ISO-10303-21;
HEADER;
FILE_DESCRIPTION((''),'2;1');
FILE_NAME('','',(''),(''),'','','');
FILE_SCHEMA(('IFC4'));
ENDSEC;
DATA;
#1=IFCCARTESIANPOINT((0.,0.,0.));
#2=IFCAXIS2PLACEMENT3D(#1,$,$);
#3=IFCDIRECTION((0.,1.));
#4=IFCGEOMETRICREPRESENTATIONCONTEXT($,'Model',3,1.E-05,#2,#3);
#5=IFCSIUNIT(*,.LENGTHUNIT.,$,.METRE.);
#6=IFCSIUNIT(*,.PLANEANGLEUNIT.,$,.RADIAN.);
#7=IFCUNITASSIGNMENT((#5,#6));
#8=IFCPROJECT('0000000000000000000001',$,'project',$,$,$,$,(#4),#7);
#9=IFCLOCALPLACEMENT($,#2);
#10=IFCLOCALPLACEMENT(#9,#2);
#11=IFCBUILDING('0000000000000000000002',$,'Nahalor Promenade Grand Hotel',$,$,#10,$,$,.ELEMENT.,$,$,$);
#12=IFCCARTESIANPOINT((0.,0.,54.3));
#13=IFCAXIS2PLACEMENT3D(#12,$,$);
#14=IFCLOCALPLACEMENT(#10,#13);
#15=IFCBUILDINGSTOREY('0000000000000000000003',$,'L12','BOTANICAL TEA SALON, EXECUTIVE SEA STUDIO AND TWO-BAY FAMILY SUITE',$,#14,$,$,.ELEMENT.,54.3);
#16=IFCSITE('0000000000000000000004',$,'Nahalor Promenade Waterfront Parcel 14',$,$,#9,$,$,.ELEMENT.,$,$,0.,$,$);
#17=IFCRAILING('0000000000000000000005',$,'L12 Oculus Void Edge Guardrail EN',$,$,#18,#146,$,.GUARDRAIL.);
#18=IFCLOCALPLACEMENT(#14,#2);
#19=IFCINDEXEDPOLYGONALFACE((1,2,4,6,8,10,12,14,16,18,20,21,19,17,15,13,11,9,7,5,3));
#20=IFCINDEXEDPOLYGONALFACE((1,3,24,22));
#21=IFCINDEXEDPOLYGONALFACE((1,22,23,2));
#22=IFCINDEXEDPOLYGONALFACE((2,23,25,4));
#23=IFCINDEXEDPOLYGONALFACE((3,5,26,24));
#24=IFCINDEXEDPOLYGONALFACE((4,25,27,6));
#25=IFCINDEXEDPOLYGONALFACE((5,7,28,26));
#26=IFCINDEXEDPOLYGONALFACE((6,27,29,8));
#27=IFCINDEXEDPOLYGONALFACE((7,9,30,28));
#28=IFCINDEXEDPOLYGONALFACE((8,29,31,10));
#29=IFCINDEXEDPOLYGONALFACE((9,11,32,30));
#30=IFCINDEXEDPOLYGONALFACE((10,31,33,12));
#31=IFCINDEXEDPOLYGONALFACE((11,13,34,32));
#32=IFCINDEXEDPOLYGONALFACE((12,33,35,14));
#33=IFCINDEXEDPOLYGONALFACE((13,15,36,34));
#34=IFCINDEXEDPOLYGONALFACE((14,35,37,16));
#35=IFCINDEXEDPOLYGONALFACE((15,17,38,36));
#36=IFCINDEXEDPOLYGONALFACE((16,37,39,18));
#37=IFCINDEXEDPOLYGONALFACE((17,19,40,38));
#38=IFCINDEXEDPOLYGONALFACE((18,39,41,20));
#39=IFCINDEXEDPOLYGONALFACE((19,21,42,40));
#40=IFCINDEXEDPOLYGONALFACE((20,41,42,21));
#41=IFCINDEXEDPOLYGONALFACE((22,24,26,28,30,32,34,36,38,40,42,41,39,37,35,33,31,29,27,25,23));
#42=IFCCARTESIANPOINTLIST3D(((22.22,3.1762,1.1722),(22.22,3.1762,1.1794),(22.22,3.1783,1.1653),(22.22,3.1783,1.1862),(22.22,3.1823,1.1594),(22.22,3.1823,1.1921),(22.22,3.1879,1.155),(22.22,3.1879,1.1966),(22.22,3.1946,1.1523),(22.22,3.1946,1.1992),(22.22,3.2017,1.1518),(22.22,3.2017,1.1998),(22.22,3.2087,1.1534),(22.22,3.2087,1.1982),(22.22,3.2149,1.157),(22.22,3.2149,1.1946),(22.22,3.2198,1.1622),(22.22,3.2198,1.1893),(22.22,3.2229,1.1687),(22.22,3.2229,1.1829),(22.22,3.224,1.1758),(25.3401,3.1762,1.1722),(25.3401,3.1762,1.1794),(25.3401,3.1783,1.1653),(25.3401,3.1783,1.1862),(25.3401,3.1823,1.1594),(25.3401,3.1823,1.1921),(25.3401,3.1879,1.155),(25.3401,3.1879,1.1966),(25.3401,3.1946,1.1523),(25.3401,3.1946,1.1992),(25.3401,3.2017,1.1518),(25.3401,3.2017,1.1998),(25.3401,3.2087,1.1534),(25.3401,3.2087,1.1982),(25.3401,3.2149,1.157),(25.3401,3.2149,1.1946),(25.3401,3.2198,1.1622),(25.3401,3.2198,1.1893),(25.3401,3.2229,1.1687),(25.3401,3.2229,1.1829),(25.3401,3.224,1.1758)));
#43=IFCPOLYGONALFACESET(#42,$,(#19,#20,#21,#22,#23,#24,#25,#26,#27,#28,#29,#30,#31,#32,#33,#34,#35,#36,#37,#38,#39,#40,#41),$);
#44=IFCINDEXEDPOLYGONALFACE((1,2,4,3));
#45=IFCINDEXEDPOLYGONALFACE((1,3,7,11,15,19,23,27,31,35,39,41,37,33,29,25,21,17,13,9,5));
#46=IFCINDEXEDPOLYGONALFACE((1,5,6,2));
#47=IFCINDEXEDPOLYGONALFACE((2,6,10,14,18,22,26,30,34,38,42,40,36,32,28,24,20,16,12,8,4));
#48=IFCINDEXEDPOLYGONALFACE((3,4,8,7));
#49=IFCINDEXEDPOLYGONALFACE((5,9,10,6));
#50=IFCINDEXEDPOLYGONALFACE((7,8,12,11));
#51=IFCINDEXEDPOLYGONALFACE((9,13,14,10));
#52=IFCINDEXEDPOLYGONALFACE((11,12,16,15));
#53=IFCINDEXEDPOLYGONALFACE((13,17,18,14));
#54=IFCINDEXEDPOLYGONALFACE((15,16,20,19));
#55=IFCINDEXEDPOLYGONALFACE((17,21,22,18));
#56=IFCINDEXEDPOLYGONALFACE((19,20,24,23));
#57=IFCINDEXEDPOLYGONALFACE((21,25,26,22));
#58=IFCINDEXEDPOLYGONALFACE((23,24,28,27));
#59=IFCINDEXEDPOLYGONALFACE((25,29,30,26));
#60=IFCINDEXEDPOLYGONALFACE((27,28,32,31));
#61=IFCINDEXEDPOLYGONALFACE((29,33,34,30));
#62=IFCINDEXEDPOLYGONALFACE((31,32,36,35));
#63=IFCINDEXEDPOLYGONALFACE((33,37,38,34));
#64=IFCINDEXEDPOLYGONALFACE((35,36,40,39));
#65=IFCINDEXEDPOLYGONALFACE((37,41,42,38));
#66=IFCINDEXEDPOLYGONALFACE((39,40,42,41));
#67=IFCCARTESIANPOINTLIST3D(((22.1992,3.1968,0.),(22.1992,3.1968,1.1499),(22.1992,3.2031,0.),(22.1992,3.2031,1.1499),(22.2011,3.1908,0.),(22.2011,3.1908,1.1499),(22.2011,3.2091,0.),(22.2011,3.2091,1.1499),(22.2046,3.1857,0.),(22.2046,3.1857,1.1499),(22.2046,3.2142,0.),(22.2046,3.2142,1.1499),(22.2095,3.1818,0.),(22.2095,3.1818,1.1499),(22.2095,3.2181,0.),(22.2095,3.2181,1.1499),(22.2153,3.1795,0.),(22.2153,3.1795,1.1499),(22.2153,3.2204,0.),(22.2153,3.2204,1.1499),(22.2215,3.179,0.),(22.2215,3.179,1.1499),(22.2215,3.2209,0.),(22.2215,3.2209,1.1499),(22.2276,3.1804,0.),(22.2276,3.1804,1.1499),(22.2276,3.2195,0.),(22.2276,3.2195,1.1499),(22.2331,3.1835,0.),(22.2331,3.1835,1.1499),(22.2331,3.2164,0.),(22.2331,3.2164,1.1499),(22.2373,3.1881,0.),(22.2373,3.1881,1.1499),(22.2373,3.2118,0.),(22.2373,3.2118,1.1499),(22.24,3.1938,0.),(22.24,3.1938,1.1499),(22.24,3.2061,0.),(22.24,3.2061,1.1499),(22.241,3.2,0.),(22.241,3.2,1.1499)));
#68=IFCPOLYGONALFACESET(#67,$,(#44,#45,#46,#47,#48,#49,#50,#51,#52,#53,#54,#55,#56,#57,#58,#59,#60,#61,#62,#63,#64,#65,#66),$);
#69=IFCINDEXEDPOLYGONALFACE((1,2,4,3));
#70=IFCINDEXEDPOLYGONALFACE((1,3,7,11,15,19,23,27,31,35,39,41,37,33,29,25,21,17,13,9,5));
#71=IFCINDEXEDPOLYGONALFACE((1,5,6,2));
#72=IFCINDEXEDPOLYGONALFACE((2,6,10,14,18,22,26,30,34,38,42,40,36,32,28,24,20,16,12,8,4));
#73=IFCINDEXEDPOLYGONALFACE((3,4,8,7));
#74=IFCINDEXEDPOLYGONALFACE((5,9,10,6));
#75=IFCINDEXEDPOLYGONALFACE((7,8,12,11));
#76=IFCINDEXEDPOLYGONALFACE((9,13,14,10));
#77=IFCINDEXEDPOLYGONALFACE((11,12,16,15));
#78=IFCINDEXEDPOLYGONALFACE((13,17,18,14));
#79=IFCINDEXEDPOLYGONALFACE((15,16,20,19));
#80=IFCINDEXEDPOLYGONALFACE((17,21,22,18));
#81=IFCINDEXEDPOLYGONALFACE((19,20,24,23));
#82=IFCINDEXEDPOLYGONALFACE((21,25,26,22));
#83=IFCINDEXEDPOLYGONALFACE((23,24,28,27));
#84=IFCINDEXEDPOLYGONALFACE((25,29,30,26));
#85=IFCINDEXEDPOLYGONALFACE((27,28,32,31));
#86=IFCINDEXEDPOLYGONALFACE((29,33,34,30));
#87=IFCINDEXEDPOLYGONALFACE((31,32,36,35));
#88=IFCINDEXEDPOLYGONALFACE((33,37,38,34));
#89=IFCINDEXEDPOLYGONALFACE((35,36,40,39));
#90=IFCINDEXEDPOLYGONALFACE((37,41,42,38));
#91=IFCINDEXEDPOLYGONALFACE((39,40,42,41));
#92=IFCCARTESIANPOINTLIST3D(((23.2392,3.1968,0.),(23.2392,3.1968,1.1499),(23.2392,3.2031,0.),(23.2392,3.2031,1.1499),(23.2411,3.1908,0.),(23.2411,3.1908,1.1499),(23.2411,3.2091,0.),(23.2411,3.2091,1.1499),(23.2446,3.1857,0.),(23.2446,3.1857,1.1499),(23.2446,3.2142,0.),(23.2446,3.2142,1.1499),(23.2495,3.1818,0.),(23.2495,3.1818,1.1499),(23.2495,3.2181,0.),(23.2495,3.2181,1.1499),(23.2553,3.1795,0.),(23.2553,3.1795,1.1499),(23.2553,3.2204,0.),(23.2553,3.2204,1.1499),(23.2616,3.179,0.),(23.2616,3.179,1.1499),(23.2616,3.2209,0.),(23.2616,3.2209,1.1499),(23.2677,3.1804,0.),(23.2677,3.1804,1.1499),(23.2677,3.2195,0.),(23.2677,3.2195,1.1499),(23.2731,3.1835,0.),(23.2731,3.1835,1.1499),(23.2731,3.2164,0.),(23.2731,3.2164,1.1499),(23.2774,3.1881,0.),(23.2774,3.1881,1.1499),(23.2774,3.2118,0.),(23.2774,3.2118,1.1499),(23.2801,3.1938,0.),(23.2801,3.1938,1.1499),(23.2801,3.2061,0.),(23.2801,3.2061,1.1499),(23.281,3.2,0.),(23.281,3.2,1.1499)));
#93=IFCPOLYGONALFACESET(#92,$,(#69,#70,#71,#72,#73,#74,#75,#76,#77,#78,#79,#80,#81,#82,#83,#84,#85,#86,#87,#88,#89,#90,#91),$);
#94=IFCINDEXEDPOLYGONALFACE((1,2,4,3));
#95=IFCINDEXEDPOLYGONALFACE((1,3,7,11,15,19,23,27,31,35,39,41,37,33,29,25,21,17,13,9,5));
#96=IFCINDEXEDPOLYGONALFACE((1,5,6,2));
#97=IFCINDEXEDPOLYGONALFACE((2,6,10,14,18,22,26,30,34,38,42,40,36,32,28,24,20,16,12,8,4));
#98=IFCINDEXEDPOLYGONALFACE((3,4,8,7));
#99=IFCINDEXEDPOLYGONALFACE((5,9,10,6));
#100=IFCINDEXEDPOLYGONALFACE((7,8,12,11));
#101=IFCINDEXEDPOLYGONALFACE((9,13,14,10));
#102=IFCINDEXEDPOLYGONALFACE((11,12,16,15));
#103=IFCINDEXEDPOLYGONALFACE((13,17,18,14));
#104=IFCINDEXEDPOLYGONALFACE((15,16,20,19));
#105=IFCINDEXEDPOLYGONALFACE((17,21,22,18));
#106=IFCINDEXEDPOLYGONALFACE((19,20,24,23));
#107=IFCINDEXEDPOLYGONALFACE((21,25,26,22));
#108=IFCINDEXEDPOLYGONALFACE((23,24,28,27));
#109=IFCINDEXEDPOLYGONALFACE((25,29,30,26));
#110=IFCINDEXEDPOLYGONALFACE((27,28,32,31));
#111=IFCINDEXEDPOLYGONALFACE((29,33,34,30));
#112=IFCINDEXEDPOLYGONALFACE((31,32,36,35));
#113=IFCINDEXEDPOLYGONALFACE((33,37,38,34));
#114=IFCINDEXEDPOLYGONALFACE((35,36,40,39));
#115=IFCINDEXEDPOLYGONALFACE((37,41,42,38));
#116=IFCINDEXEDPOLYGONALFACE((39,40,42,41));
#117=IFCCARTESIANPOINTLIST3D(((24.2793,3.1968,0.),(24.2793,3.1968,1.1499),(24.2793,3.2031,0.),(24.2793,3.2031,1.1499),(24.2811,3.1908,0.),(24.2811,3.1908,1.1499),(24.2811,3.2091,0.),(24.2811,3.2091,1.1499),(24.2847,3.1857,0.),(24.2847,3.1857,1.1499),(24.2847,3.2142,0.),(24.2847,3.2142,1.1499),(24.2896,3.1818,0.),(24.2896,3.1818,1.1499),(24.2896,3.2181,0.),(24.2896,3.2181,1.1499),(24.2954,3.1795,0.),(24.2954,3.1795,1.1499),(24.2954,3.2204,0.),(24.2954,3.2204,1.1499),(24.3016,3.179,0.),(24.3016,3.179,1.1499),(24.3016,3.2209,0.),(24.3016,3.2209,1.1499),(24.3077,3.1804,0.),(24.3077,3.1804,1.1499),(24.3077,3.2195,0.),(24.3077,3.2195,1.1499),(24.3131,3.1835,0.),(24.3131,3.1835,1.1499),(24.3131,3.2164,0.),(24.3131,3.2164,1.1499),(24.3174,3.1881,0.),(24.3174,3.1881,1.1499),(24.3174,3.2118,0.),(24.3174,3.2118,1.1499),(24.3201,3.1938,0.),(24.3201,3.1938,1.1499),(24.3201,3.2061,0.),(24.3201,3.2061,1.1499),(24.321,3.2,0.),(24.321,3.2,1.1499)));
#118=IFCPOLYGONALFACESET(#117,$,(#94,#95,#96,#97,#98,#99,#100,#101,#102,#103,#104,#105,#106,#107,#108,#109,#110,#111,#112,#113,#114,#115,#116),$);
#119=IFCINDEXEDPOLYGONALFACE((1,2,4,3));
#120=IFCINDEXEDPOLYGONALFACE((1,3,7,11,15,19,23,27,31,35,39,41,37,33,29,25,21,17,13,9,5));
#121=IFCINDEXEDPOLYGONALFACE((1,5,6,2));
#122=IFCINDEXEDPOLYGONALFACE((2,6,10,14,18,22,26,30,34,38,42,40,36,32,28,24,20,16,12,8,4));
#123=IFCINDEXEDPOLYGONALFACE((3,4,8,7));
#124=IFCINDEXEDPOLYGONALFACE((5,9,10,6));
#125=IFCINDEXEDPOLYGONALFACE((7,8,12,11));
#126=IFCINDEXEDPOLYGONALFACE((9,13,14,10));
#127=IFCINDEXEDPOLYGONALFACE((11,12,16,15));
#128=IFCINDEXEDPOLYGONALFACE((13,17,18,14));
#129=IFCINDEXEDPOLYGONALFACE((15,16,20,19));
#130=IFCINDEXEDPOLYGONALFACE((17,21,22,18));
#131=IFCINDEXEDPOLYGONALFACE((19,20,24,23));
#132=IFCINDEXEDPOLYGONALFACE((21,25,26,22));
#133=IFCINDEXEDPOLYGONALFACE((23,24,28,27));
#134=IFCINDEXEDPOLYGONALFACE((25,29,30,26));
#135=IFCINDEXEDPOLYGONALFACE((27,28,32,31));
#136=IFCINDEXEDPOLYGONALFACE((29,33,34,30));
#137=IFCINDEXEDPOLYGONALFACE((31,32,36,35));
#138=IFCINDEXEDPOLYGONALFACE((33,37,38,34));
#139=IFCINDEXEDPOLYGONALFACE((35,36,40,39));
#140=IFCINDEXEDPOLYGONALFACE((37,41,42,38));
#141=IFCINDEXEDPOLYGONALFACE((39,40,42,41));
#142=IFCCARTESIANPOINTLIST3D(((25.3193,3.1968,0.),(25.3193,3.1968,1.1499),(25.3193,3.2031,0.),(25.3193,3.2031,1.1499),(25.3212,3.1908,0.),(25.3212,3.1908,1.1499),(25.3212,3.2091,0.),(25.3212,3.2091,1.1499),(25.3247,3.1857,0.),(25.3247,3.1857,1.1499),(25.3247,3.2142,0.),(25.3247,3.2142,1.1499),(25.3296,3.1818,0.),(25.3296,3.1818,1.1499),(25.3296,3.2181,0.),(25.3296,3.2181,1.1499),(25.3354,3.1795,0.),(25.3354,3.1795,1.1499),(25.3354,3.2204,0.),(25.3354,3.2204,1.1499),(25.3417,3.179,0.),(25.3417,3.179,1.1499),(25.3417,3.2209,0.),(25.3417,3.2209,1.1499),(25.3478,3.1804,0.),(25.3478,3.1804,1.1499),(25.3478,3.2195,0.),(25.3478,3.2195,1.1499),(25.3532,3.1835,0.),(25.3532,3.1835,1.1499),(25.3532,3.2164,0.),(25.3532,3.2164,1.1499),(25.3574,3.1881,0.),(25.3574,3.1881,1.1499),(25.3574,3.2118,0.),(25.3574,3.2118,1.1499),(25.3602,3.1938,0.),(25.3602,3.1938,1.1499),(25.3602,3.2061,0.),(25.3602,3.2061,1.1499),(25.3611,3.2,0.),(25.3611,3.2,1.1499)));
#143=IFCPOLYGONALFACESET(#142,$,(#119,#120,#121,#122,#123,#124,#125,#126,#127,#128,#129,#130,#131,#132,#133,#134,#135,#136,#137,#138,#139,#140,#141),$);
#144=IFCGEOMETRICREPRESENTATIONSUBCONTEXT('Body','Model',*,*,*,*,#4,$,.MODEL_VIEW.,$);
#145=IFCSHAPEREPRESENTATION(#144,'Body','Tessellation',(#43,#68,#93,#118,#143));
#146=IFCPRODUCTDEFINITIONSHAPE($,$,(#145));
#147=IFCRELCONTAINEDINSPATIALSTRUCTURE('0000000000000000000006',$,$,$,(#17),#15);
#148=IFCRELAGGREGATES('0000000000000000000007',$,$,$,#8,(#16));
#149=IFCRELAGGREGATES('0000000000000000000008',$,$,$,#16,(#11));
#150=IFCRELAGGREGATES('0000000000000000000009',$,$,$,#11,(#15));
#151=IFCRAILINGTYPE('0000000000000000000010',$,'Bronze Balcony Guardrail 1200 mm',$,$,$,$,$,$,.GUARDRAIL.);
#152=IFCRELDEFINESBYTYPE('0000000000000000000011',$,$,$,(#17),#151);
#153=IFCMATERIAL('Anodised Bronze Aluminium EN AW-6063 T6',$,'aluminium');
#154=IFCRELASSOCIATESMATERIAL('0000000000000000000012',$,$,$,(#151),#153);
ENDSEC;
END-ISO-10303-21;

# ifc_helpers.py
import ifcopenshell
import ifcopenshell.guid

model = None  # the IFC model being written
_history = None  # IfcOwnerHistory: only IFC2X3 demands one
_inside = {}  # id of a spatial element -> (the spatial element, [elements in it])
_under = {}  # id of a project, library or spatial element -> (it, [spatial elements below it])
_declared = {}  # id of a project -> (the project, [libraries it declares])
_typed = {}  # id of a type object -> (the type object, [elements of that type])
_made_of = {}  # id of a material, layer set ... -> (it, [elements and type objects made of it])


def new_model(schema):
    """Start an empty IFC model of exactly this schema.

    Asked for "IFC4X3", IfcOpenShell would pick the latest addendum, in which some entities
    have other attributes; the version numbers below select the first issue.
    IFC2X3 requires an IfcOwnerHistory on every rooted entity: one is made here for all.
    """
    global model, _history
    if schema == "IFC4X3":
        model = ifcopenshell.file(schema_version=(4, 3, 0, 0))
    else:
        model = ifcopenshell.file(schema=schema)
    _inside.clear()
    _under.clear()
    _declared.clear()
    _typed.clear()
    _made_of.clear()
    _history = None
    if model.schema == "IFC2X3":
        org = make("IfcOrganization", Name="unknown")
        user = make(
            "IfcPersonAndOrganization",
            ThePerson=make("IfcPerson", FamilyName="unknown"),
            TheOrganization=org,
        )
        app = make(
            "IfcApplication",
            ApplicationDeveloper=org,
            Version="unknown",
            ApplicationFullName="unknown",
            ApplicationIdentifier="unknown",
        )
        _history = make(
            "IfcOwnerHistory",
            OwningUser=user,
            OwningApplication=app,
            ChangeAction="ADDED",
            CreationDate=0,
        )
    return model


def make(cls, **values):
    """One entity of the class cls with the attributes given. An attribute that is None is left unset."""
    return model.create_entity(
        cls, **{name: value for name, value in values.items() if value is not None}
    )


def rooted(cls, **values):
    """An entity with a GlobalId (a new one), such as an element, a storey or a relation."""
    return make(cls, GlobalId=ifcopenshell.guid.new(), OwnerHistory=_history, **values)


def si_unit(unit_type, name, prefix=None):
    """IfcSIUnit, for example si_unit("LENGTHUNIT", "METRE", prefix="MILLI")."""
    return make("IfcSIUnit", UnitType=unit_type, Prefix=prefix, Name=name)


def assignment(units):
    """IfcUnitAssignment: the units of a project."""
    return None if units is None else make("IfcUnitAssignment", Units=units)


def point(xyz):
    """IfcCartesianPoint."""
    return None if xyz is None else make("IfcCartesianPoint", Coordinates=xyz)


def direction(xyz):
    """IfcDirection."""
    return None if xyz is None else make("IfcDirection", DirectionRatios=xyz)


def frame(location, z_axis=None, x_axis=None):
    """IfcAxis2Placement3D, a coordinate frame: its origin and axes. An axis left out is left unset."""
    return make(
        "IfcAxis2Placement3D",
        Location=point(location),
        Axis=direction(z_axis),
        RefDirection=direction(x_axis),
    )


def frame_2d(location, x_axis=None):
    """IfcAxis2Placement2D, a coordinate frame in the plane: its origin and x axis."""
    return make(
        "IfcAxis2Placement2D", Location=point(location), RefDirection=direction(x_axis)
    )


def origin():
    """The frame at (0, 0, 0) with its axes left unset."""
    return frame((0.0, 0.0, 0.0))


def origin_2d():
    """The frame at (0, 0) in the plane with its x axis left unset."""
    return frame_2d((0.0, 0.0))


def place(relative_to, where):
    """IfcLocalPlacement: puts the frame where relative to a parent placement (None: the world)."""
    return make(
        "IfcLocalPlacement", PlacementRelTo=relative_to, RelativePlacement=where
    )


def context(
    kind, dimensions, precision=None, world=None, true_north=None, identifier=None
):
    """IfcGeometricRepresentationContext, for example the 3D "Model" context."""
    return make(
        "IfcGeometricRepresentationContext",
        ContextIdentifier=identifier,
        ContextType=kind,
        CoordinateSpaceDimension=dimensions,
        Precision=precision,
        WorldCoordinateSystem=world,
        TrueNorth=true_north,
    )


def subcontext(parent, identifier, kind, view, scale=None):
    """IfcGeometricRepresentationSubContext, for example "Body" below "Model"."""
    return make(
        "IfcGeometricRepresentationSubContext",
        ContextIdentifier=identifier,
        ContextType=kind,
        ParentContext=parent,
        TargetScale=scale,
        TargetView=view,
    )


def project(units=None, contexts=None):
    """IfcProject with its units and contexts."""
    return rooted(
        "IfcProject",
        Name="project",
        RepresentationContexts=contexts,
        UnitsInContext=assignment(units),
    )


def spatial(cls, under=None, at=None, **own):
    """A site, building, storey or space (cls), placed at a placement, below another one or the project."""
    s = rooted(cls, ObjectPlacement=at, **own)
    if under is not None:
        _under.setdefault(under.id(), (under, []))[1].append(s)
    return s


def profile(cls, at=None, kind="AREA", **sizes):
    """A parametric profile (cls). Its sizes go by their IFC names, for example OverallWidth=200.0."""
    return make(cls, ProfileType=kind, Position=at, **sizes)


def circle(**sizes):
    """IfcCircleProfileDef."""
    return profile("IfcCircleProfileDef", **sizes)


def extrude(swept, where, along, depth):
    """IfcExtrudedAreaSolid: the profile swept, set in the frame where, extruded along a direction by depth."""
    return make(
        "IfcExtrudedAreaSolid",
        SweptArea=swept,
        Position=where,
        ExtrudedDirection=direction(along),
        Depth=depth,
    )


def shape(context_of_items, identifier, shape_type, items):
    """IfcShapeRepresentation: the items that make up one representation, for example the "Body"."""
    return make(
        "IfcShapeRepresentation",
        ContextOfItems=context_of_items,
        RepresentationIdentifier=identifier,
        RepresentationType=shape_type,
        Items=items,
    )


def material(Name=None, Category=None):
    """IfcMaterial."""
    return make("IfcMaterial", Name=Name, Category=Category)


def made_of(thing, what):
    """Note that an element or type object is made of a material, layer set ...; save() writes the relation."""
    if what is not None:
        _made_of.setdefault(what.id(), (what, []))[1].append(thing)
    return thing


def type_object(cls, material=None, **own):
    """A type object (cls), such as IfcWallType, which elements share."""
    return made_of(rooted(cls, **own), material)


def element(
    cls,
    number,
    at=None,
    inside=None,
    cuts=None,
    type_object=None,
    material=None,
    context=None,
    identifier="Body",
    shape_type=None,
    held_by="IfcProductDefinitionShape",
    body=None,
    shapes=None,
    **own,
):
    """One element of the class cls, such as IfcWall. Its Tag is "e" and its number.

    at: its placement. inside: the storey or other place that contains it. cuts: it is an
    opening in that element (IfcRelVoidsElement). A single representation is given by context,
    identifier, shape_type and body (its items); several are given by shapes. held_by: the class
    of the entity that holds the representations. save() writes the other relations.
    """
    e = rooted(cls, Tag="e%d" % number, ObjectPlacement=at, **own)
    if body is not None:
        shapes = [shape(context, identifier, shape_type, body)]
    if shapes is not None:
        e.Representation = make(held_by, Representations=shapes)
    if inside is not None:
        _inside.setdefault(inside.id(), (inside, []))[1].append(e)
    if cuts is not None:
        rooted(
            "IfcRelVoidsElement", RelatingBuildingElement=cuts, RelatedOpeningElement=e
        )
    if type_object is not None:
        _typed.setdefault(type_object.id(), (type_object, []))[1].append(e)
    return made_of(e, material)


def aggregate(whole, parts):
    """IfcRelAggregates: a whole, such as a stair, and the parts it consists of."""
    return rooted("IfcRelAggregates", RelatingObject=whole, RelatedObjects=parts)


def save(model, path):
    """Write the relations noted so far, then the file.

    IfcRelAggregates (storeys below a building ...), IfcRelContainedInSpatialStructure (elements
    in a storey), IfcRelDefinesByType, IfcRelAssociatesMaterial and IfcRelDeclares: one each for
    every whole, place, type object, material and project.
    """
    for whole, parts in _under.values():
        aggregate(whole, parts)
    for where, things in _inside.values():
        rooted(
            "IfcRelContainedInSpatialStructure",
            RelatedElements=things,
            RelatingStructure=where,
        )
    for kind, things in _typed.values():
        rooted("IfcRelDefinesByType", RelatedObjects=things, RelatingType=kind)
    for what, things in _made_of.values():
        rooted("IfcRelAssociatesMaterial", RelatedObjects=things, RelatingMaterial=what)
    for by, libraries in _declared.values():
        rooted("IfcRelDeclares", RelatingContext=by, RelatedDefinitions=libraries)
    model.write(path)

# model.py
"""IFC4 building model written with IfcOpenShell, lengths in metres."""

from ifc_helpers import new_model, si_unit, direction, frame, origin, origin_2d, place, context, subcontext, project, spatial, circle, extrude, material, type_object, element, save


model = new_model("IFC4")

# Units and contexts
model_context = context("Model", 3, precision=1e-05, world=origin(), true_north=direction((0.0, 1.0)))
body_context = subcontext(model_context, "Body", "Model", "MODEL_VIEW")
ifc_project = project(units=[si_unit("LENGTHUNIT", "METRE"), si_unit("PLANEANGLEUNIT", "RADIAN")], contexts=[model_context])

# Site, building, storey
site_placement = place(None, origin())
site = spatial("IfcSite", under=ifc_project, at=site_placement, Name="Nahalor Promenade Waterfront Parcel 14", CompositionType="ELEMENT", RefElevation=0.0)
building_placement = place(site_placement, origin())
building = spatial("IfcBuilding", under=site, at=building_placement, Name="Nahalor Promenade Grand Hotel", CompositionType="ELEMENT")
storey_placement = place(building_placement, frame((0.0, 0.0, 54.3)))
storey = spatial("IfcBuildingStorey", under=building, at=storey_placement, Name="L12", Description="BOTANICAL TEA SALON, EXECUTIVE SEA STUDIO AND TWO-BAY FAMILY SUITE", CompositionType="ELEMENT", Elevation=54.3)

# Shared definitions
ifc_material_1 = material(Name="Anodised Bronze Aluminium EN AW-6063 T6", Category="aluminium")

# Railing
railing_type = type_object("IfcRailingType", Name="Bronze Balcony Guardrail 1200 mm", PredefinedType="GUARDRAIL", material=ifc_material_1)
railing_placement = place(storey_placement, frame((22.22, 3.2, 0.0)))
element("IfcRailing", 1, at=railing_placement, inside=storey, type_object=railing_type, Name="L12 Oculus Void Edge Guardrail EN", PredefinedType="GUARDRAIL", context=body_context, shape_type="SweptSolid", body=[
    extrude(circle(Radius=0.024, at=origin_2d()), frame((0.0, 0.0, 1.1758), z_axis=(1.0, 0.0, 0.0), x_axis=(0.0, 1.0, 0.0)), (0.0, 0.0, 1.0), 3.1201),
    extrude(circle(Radius=0.021, at=origin_2d()), origin(), (0.0, 0.0, 1.0), 1.1499),
    extrude(circle(Radius=0.021, at=origin_2d()), frame((1.04, 0.0, 0.0)), (0.0, 0.0, 1.0), 1.1499),
    extrude(circle(Radius=0.021, at=origin_2d()), frame((2.0801, 0.0, 0.0)), (0.0, 0.0, 1.0), 1.1499),
    extrude(circle(Radius=0.021, at=origin_2d()), frame((3.1201, 0.0, 0.0)), (0.0, 0.0, 1.0), 1.1499),
])

save(model, "model.ifc")
